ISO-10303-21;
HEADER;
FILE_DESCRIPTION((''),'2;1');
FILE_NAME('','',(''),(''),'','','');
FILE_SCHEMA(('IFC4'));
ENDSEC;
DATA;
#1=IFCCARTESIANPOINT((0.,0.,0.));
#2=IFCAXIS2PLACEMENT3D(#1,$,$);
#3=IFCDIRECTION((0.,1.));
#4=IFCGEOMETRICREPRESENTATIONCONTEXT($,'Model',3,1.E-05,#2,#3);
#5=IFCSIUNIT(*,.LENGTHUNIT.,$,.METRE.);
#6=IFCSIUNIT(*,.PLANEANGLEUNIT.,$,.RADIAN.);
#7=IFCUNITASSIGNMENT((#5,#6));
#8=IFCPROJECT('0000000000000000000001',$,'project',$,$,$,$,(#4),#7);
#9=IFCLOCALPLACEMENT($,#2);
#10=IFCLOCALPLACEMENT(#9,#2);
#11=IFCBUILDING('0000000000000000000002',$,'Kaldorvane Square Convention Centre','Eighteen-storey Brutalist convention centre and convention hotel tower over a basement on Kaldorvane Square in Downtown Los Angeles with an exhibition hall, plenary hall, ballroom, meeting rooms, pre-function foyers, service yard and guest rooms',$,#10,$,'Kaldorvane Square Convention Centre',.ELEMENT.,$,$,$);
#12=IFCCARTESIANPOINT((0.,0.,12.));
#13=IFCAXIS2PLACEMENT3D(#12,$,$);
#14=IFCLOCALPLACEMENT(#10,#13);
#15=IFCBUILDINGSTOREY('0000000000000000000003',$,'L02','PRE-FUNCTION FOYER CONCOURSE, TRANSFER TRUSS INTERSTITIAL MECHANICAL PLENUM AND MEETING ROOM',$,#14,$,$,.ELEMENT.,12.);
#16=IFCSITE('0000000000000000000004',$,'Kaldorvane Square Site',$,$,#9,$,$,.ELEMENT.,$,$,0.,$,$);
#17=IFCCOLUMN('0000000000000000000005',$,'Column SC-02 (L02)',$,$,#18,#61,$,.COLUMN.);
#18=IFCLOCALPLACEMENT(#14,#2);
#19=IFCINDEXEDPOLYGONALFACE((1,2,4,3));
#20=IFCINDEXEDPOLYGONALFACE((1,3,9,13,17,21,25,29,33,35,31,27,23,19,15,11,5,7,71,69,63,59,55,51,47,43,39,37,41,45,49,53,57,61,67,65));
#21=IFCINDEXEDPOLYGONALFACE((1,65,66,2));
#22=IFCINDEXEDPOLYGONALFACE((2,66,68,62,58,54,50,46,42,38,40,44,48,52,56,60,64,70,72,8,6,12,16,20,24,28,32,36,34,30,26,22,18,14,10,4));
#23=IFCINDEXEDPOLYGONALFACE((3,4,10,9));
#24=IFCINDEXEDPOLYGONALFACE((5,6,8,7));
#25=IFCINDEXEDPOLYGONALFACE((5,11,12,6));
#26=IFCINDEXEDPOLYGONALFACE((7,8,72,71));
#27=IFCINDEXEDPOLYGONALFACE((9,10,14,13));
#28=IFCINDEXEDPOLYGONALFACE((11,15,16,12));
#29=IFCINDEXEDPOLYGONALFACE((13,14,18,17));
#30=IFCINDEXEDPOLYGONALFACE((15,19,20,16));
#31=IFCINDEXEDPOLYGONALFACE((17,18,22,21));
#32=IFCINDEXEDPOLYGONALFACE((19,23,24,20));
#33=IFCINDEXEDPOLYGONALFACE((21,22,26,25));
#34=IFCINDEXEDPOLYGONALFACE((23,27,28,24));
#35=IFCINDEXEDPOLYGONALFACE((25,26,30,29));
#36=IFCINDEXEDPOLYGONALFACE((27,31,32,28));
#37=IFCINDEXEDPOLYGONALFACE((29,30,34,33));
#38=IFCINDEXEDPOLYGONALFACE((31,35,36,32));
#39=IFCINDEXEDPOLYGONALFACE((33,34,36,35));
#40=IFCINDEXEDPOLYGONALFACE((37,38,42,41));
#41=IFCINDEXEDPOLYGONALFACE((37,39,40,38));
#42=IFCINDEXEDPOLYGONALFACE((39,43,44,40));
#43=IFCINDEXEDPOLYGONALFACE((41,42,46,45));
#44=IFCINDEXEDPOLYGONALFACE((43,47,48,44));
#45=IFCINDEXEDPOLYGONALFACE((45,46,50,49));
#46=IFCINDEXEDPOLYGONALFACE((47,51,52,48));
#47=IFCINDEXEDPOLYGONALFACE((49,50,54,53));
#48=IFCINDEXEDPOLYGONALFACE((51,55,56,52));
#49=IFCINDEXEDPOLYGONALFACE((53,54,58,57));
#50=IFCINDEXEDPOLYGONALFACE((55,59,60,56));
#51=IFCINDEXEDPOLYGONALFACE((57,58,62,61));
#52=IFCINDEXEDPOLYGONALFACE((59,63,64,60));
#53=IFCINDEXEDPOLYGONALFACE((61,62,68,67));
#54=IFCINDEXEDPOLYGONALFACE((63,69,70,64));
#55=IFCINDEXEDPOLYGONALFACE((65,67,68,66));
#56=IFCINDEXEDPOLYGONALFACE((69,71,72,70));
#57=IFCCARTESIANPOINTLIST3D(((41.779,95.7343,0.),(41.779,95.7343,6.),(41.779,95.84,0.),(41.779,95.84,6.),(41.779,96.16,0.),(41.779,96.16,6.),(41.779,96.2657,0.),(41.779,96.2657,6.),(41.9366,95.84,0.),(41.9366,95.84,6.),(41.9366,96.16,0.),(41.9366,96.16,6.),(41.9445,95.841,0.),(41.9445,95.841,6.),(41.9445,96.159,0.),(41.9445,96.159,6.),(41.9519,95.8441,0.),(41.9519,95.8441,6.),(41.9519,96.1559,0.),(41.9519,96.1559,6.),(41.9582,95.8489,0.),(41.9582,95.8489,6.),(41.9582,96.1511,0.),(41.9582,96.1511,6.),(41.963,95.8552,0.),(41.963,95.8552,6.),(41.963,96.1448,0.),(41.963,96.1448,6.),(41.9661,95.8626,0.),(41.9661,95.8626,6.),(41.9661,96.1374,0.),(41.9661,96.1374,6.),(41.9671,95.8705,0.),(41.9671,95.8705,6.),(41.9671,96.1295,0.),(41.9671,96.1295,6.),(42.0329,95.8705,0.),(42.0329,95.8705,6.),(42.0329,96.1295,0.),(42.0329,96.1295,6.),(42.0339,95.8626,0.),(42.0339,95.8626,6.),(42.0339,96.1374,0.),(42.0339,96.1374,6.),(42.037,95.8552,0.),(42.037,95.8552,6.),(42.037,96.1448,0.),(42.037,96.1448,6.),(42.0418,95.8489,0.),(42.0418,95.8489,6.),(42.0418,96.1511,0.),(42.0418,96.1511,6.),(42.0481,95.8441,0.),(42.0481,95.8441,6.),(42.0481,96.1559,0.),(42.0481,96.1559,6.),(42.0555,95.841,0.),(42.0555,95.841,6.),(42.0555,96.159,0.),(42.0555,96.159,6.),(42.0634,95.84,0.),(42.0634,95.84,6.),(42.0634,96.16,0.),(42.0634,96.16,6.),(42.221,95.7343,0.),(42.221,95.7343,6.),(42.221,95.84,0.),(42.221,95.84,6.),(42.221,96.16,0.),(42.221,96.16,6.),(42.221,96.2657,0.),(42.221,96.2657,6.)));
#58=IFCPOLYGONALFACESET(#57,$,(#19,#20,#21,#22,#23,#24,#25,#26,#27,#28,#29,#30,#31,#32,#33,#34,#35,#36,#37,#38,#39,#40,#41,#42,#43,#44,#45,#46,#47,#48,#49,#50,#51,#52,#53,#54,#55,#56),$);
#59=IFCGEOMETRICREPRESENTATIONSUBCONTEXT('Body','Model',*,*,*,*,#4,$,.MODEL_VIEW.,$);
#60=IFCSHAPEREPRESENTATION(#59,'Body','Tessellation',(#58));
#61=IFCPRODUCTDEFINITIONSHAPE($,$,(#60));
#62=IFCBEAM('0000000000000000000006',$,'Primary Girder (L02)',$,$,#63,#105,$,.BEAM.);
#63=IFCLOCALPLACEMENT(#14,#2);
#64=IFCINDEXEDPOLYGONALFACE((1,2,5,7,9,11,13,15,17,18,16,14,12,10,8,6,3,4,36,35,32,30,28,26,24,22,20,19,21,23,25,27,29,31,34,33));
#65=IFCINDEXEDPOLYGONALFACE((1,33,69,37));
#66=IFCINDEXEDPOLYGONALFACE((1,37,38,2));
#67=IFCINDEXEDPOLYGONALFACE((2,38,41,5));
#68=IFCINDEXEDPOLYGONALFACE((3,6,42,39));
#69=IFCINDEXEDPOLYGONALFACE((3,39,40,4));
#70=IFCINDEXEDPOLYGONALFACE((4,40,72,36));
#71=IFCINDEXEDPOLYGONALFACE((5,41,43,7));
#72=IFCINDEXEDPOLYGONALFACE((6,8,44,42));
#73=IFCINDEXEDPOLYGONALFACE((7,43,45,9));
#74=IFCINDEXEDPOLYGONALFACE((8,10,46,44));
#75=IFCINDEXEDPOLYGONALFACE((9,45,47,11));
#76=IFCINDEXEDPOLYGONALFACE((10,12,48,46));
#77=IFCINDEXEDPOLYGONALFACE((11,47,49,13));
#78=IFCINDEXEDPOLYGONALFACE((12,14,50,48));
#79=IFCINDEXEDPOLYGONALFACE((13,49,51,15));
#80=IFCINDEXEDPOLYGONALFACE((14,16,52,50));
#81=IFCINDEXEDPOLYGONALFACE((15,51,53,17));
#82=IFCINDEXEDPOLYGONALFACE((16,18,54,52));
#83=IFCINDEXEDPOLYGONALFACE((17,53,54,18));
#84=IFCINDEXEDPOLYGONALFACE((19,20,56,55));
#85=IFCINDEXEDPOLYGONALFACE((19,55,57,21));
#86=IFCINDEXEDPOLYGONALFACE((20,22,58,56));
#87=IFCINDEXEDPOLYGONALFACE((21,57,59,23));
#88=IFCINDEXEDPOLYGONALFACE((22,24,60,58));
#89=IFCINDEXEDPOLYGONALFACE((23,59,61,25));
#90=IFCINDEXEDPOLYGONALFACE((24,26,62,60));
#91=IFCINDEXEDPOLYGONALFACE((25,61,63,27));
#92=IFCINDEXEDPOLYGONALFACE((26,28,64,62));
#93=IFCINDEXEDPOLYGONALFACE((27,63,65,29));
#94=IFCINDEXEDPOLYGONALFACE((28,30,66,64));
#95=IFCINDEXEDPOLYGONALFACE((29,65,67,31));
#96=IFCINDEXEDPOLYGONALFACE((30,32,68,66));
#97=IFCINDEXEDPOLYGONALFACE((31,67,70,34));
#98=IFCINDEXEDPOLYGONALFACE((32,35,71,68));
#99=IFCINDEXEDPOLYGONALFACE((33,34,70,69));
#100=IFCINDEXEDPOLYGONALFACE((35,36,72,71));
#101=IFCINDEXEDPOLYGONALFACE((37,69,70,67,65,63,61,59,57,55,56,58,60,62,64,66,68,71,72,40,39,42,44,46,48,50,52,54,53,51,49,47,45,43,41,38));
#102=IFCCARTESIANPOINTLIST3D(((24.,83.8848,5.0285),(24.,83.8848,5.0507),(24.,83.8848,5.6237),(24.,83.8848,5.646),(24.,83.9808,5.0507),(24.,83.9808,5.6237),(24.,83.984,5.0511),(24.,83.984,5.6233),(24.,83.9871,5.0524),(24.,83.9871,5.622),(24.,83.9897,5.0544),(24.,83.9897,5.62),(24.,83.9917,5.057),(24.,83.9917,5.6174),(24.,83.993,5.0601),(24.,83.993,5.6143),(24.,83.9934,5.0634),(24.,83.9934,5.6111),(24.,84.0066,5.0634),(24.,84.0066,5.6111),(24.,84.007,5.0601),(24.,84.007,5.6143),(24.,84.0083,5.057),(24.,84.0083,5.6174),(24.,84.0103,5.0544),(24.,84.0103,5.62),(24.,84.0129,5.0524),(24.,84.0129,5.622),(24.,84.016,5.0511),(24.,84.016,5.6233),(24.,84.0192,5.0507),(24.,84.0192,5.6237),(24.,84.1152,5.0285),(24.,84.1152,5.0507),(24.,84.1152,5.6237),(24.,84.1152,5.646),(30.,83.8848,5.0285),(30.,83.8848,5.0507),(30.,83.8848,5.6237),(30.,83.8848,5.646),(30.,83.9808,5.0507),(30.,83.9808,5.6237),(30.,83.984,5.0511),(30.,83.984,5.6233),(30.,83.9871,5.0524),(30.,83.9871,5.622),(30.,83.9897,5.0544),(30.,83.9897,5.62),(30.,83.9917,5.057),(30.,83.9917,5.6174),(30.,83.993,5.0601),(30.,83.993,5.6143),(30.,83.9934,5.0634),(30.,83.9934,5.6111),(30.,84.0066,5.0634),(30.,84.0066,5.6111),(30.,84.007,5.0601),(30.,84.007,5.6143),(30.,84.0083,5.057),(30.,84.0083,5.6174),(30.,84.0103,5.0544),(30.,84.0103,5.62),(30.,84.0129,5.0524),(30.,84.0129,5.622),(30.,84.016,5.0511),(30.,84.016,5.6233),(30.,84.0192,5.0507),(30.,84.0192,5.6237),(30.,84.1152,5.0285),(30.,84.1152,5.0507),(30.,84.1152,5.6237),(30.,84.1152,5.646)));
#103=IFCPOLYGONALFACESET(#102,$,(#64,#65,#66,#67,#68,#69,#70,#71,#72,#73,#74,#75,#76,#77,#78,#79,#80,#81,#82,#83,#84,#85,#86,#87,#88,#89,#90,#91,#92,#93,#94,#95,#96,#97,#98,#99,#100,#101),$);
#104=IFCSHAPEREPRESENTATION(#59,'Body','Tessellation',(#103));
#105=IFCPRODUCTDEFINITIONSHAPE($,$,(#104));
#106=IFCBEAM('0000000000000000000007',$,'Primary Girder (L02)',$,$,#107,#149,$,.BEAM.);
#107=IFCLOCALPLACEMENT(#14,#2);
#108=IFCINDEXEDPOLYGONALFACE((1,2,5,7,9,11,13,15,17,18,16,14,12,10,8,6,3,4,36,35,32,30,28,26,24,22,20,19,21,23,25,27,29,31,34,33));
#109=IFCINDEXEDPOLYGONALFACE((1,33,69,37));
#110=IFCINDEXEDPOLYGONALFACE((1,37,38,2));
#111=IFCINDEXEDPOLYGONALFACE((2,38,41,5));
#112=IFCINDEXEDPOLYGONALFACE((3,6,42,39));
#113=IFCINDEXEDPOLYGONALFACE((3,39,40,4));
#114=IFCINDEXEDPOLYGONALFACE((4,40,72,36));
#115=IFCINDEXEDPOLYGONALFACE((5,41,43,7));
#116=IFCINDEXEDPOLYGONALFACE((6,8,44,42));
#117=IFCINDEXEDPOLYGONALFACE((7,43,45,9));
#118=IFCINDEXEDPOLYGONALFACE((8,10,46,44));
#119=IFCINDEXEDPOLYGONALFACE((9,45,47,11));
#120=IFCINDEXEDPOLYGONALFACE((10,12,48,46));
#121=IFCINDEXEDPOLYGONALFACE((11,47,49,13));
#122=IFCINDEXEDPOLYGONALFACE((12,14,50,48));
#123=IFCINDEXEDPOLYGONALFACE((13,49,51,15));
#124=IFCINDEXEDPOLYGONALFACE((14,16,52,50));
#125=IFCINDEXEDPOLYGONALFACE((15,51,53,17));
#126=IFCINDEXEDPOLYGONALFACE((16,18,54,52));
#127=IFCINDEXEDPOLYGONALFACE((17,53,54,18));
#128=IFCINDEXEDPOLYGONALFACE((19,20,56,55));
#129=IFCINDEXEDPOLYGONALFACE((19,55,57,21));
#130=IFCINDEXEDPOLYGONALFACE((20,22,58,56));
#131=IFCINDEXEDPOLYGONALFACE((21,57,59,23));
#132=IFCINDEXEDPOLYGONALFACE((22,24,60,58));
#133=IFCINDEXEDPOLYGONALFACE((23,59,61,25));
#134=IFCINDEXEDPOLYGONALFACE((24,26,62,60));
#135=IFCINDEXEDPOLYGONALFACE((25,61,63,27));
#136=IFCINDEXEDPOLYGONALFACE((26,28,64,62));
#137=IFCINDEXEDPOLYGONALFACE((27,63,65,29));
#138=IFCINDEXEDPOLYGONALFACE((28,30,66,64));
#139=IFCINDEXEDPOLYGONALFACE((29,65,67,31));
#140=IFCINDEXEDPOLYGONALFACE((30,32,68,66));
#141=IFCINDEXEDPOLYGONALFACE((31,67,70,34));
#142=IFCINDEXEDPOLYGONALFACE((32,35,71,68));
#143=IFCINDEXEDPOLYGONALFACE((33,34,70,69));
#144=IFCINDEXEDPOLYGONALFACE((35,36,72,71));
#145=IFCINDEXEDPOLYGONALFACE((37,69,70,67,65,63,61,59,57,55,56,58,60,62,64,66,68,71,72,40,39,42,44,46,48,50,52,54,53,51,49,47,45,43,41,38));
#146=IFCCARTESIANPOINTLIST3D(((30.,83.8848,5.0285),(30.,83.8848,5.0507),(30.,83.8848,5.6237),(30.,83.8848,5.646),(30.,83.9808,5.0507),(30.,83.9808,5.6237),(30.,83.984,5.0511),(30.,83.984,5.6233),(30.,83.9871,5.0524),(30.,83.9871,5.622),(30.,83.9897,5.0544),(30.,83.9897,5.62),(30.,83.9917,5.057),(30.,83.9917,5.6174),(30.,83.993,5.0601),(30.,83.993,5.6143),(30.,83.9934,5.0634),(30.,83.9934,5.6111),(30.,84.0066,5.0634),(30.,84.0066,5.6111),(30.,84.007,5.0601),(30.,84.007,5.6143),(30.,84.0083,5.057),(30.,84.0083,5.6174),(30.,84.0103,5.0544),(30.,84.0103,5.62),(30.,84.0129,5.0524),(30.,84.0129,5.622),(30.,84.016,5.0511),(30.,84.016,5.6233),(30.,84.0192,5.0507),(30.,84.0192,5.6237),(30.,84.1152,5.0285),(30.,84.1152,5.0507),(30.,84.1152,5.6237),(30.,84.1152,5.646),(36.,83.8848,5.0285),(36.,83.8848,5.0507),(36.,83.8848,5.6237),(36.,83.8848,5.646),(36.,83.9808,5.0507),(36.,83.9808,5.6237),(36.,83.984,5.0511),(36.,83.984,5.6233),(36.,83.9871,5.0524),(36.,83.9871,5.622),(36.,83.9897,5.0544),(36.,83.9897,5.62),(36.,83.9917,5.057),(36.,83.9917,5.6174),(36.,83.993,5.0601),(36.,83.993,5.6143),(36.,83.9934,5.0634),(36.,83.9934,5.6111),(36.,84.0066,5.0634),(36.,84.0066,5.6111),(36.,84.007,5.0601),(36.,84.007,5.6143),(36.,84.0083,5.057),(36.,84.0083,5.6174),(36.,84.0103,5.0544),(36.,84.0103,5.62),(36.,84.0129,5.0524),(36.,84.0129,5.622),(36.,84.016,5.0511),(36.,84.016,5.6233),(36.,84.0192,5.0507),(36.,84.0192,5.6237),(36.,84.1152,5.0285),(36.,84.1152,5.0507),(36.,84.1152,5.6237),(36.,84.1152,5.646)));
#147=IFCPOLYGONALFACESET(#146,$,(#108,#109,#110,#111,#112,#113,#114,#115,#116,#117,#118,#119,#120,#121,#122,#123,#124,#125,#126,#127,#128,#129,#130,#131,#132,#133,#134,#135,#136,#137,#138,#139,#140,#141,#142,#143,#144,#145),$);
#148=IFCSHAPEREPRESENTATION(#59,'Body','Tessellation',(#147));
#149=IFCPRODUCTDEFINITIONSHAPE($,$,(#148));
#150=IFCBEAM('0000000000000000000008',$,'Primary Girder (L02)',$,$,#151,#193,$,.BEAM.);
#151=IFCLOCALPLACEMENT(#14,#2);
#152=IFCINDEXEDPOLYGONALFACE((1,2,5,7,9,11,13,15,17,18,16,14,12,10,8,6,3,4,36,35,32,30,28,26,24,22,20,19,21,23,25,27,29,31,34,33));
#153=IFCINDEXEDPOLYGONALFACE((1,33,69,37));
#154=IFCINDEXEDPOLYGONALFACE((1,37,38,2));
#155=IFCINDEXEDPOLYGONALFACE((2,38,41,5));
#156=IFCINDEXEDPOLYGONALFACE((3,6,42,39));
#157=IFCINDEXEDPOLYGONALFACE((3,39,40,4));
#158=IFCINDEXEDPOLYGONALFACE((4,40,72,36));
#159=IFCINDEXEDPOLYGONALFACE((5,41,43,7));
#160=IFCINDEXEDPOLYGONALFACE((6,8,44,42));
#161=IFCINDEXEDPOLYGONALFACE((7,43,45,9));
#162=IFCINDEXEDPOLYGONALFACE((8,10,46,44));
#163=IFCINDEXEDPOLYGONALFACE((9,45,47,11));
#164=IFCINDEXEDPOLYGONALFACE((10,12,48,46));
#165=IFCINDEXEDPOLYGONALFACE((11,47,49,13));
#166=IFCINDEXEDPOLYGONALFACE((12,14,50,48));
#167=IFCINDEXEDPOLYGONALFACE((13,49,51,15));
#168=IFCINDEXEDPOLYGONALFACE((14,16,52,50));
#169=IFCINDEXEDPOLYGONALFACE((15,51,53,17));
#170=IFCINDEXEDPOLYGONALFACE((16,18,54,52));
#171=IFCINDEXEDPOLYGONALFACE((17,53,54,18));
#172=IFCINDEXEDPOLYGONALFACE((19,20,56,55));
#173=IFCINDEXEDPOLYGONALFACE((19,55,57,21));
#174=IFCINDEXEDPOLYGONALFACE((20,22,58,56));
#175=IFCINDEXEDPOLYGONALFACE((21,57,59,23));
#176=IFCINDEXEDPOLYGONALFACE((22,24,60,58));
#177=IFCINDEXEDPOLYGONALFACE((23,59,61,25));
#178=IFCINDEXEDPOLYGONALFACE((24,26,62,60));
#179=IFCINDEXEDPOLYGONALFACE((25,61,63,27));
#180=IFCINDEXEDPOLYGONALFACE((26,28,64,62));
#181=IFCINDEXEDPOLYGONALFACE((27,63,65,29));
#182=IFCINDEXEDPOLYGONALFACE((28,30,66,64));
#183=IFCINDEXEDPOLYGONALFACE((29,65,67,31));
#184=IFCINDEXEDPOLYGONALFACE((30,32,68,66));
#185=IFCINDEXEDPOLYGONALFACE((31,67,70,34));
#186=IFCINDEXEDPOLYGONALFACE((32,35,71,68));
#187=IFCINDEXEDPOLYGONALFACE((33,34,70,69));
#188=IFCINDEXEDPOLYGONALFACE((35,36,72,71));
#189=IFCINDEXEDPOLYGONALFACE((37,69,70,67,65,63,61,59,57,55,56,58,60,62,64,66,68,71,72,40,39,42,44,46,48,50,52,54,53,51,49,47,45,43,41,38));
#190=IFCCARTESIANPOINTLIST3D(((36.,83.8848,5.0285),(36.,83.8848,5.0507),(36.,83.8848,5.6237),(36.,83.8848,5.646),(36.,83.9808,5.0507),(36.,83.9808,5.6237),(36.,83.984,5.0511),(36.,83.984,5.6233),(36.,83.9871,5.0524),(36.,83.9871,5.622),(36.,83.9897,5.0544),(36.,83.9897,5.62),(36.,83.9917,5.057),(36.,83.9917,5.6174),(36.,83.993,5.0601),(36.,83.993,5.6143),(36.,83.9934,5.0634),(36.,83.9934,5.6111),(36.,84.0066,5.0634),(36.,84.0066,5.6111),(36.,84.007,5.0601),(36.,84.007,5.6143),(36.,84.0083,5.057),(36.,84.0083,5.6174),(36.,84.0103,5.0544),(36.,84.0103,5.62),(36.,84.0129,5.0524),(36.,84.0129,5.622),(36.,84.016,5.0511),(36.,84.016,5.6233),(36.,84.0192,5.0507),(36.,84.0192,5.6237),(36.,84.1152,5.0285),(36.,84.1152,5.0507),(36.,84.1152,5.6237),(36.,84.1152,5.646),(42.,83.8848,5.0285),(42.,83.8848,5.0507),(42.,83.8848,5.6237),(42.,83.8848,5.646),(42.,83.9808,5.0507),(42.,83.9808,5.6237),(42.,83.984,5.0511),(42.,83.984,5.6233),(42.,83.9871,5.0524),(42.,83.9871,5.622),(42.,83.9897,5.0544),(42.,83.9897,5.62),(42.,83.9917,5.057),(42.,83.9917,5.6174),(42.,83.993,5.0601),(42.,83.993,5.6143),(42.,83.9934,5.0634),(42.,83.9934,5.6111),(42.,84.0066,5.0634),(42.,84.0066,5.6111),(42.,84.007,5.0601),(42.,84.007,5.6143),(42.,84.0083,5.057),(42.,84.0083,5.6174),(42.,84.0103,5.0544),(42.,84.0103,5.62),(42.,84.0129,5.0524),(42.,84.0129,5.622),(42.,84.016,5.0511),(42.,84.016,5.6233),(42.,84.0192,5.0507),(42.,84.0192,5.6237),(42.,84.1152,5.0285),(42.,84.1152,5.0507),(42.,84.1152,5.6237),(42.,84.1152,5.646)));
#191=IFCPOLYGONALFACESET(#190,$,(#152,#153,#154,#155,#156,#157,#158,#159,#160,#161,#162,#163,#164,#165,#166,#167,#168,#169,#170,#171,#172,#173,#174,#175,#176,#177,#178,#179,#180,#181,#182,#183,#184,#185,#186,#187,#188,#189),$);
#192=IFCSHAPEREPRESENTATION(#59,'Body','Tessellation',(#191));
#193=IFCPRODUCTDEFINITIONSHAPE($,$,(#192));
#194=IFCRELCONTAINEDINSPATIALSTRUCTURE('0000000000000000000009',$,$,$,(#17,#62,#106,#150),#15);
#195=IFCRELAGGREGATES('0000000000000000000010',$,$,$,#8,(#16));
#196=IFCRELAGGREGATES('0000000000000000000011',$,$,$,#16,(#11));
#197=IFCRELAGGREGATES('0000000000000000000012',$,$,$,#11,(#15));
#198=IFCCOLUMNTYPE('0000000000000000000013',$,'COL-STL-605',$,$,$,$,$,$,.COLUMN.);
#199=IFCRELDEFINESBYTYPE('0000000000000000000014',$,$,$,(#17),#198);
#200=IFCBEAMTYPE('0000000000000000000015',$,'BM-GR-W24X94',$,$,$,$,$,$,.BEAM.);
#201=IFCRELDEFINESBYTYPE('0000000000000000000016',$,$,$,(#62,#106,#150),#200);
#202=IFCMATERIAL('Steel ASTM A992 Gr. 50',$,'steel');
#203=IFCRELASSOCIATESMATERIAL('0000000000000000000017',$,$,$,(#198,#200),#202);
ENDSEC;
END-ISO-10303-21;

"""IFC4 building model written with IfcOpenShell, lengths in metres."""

from ifc_helpers import new_model, si_unit, direction, frame, origin, origin_2d, place, context, subcontext, project, spatial, i_section, extrude, material, material_profile, profile_set, type_object, element, save


model = new_model("IFC4")

# Units and contexts
model_context = context("Model", 3, precision=1e-05, world=origin(), true_north=direction((0.0, 1.0)))
body_context = subcontext(model_context, "Body", "Model", "MODEL_VIEW")
ifc_project = project(units=[si_unit("LENGTHUNIT", "METRE"), si_unit("PLANEANGLEUNIT", "RADIAN")], contexts=[model_context])

# Site, building, storey
site_placement = place(None, origin())
site = spatial("IfcSite", under=ifc_project, at=site_placement, Name="Kaldorvane Square Site", CompositionType="ELEMENT", RefElevation=0.0)
building_placement = place(site_placement, origin())
building = spatial("IfcBuilding", under=site, at=building_placement, Name="Kaldorvane Square Convention Centre", Description="Eighteen-storey Brutalist convention centre and convention hotel tower over a basement on Kaldorvane Square in Downtown Los Angeles with an exhibition hall, plenary hall, ballroom, meeting rooms, pre-function foyers, service yard and guest rooms", LongName="Kaldorvane Square Convention Centre", CompositionType="ELEMENT")
storey_placement = place(building_placement, frame((0.0, 0.0, 12.0)))
storey = spatial("IfcBuildingStorey", under=building, at=storey_placement, Name="L02", Description="PRE-FUNCTION FOYER CONCOURSE, TRANSFER TRUSS INTERSTITIAL MECHANICAL PLENUM AND MEETING ROOM", CompositionType="ELEMENT", Elevation=12.0)

# Column
ifc_material_1 = material(Name="Steel ASTM A992 Gr. 50", Category="steel")
ifc_material_profile_1 = material_profile(ifc_material_1, i_section(OverallWidth=0.442, OverallDepth=0.5314, WebThickness=0.0658, FlangeThickness=0.1057, FilletRadius=0.0305, at=origin_2d()), Name="W14X605")
ifc_profile_set_1 = profile_set([ifc_material_profile_1], Name="Steel ASTM A992 Gr. 50")
column_type_1 = type_object("IfcColumnType", Name="COL-STL-605", PredefinedType="COLUMN", material=ifc_profile_set_1)
for number, where, z_axis, x_axis, name in (
    (1, (42.0, 96.0, 0.0), (0.0, 0.0, 1.0), (1.0, 0.0, 0.0), "Column SC-02 (L02)"),
):
    element("IfcColumn", number, at=place(storey_placement, frame(where, z_axis=z_axis, x_axis=x_axis)), inside=storey, type_object=column_type_1, Name=name, PredefinedType="COLUMN", context=body_context, shape_type="SweptSolid", body=[
        extrude(i_section(OverallWidth=0.442, OverallDepth=0.5314, WebThickness=0.0658, FlangeThickness=0.1057, FilletRadius=0.0305, at=origin_2d()), origin(), (0.0, 0.0, 1.0), 6.0),
    ])

# Beams
ifc_material_profile_2 = material_profile(ifc_material_1, i_section(OverallWidth=0.2303, OverallDepth=0.6175, WebThickness=0.0131, FlangeThickness=0.0222, FilletRadius=0.0127, at=origin_2d()), Name="W24X94")
ifc_profile_set_2 = profile_set([ifc_material_profile_2], Name="Steel ASTM A992 Gr. 50")
beam_type_1 = type_object("IfcBeamType", Name="BM-GR-W24X94", PredefinedType="BEAM", material=ifc_profile_set_2)
for number, where, z_axis, x_axis, name in (
    (2, (24.0, 84.0, 5.3372), (1.0, 0.0, 0.0), (0.0, 1.0, 0.0), "Primary Girder (L02)"),
    (3, (30.0, 84.0, 5.3372), (1.0, 0.0, 0.0), (0.0, 1.0, 0.0), "Primary Girder (L02)"),
    (4, (36.0, 84.0, 5.3372), (1.0, 0.0, 0.0), (0.0, 1.0, 0.0), "Primary Girder (L02)"),
):
    element("IfcBeam", number, at=place(storey_placement, frame(where, z_axis=z_axis, x_axis=x_axis)), inside=storey, type_object=beam_type_1, Name=name, PredefinedType="BEAM", context=body_context, shape_type="SweptSolid", body=[
        extrude(i_section(OverallWidth=0.2303, OverallDepth=0.6175, WebThickness=0.0131, FlangeThickness=0.0222, FilletRadius=0.0127, at=origin_2d()), origin(), (0.0, 0.0, 1.0), 6.0),
    ])

save(model, "model.ifc")
